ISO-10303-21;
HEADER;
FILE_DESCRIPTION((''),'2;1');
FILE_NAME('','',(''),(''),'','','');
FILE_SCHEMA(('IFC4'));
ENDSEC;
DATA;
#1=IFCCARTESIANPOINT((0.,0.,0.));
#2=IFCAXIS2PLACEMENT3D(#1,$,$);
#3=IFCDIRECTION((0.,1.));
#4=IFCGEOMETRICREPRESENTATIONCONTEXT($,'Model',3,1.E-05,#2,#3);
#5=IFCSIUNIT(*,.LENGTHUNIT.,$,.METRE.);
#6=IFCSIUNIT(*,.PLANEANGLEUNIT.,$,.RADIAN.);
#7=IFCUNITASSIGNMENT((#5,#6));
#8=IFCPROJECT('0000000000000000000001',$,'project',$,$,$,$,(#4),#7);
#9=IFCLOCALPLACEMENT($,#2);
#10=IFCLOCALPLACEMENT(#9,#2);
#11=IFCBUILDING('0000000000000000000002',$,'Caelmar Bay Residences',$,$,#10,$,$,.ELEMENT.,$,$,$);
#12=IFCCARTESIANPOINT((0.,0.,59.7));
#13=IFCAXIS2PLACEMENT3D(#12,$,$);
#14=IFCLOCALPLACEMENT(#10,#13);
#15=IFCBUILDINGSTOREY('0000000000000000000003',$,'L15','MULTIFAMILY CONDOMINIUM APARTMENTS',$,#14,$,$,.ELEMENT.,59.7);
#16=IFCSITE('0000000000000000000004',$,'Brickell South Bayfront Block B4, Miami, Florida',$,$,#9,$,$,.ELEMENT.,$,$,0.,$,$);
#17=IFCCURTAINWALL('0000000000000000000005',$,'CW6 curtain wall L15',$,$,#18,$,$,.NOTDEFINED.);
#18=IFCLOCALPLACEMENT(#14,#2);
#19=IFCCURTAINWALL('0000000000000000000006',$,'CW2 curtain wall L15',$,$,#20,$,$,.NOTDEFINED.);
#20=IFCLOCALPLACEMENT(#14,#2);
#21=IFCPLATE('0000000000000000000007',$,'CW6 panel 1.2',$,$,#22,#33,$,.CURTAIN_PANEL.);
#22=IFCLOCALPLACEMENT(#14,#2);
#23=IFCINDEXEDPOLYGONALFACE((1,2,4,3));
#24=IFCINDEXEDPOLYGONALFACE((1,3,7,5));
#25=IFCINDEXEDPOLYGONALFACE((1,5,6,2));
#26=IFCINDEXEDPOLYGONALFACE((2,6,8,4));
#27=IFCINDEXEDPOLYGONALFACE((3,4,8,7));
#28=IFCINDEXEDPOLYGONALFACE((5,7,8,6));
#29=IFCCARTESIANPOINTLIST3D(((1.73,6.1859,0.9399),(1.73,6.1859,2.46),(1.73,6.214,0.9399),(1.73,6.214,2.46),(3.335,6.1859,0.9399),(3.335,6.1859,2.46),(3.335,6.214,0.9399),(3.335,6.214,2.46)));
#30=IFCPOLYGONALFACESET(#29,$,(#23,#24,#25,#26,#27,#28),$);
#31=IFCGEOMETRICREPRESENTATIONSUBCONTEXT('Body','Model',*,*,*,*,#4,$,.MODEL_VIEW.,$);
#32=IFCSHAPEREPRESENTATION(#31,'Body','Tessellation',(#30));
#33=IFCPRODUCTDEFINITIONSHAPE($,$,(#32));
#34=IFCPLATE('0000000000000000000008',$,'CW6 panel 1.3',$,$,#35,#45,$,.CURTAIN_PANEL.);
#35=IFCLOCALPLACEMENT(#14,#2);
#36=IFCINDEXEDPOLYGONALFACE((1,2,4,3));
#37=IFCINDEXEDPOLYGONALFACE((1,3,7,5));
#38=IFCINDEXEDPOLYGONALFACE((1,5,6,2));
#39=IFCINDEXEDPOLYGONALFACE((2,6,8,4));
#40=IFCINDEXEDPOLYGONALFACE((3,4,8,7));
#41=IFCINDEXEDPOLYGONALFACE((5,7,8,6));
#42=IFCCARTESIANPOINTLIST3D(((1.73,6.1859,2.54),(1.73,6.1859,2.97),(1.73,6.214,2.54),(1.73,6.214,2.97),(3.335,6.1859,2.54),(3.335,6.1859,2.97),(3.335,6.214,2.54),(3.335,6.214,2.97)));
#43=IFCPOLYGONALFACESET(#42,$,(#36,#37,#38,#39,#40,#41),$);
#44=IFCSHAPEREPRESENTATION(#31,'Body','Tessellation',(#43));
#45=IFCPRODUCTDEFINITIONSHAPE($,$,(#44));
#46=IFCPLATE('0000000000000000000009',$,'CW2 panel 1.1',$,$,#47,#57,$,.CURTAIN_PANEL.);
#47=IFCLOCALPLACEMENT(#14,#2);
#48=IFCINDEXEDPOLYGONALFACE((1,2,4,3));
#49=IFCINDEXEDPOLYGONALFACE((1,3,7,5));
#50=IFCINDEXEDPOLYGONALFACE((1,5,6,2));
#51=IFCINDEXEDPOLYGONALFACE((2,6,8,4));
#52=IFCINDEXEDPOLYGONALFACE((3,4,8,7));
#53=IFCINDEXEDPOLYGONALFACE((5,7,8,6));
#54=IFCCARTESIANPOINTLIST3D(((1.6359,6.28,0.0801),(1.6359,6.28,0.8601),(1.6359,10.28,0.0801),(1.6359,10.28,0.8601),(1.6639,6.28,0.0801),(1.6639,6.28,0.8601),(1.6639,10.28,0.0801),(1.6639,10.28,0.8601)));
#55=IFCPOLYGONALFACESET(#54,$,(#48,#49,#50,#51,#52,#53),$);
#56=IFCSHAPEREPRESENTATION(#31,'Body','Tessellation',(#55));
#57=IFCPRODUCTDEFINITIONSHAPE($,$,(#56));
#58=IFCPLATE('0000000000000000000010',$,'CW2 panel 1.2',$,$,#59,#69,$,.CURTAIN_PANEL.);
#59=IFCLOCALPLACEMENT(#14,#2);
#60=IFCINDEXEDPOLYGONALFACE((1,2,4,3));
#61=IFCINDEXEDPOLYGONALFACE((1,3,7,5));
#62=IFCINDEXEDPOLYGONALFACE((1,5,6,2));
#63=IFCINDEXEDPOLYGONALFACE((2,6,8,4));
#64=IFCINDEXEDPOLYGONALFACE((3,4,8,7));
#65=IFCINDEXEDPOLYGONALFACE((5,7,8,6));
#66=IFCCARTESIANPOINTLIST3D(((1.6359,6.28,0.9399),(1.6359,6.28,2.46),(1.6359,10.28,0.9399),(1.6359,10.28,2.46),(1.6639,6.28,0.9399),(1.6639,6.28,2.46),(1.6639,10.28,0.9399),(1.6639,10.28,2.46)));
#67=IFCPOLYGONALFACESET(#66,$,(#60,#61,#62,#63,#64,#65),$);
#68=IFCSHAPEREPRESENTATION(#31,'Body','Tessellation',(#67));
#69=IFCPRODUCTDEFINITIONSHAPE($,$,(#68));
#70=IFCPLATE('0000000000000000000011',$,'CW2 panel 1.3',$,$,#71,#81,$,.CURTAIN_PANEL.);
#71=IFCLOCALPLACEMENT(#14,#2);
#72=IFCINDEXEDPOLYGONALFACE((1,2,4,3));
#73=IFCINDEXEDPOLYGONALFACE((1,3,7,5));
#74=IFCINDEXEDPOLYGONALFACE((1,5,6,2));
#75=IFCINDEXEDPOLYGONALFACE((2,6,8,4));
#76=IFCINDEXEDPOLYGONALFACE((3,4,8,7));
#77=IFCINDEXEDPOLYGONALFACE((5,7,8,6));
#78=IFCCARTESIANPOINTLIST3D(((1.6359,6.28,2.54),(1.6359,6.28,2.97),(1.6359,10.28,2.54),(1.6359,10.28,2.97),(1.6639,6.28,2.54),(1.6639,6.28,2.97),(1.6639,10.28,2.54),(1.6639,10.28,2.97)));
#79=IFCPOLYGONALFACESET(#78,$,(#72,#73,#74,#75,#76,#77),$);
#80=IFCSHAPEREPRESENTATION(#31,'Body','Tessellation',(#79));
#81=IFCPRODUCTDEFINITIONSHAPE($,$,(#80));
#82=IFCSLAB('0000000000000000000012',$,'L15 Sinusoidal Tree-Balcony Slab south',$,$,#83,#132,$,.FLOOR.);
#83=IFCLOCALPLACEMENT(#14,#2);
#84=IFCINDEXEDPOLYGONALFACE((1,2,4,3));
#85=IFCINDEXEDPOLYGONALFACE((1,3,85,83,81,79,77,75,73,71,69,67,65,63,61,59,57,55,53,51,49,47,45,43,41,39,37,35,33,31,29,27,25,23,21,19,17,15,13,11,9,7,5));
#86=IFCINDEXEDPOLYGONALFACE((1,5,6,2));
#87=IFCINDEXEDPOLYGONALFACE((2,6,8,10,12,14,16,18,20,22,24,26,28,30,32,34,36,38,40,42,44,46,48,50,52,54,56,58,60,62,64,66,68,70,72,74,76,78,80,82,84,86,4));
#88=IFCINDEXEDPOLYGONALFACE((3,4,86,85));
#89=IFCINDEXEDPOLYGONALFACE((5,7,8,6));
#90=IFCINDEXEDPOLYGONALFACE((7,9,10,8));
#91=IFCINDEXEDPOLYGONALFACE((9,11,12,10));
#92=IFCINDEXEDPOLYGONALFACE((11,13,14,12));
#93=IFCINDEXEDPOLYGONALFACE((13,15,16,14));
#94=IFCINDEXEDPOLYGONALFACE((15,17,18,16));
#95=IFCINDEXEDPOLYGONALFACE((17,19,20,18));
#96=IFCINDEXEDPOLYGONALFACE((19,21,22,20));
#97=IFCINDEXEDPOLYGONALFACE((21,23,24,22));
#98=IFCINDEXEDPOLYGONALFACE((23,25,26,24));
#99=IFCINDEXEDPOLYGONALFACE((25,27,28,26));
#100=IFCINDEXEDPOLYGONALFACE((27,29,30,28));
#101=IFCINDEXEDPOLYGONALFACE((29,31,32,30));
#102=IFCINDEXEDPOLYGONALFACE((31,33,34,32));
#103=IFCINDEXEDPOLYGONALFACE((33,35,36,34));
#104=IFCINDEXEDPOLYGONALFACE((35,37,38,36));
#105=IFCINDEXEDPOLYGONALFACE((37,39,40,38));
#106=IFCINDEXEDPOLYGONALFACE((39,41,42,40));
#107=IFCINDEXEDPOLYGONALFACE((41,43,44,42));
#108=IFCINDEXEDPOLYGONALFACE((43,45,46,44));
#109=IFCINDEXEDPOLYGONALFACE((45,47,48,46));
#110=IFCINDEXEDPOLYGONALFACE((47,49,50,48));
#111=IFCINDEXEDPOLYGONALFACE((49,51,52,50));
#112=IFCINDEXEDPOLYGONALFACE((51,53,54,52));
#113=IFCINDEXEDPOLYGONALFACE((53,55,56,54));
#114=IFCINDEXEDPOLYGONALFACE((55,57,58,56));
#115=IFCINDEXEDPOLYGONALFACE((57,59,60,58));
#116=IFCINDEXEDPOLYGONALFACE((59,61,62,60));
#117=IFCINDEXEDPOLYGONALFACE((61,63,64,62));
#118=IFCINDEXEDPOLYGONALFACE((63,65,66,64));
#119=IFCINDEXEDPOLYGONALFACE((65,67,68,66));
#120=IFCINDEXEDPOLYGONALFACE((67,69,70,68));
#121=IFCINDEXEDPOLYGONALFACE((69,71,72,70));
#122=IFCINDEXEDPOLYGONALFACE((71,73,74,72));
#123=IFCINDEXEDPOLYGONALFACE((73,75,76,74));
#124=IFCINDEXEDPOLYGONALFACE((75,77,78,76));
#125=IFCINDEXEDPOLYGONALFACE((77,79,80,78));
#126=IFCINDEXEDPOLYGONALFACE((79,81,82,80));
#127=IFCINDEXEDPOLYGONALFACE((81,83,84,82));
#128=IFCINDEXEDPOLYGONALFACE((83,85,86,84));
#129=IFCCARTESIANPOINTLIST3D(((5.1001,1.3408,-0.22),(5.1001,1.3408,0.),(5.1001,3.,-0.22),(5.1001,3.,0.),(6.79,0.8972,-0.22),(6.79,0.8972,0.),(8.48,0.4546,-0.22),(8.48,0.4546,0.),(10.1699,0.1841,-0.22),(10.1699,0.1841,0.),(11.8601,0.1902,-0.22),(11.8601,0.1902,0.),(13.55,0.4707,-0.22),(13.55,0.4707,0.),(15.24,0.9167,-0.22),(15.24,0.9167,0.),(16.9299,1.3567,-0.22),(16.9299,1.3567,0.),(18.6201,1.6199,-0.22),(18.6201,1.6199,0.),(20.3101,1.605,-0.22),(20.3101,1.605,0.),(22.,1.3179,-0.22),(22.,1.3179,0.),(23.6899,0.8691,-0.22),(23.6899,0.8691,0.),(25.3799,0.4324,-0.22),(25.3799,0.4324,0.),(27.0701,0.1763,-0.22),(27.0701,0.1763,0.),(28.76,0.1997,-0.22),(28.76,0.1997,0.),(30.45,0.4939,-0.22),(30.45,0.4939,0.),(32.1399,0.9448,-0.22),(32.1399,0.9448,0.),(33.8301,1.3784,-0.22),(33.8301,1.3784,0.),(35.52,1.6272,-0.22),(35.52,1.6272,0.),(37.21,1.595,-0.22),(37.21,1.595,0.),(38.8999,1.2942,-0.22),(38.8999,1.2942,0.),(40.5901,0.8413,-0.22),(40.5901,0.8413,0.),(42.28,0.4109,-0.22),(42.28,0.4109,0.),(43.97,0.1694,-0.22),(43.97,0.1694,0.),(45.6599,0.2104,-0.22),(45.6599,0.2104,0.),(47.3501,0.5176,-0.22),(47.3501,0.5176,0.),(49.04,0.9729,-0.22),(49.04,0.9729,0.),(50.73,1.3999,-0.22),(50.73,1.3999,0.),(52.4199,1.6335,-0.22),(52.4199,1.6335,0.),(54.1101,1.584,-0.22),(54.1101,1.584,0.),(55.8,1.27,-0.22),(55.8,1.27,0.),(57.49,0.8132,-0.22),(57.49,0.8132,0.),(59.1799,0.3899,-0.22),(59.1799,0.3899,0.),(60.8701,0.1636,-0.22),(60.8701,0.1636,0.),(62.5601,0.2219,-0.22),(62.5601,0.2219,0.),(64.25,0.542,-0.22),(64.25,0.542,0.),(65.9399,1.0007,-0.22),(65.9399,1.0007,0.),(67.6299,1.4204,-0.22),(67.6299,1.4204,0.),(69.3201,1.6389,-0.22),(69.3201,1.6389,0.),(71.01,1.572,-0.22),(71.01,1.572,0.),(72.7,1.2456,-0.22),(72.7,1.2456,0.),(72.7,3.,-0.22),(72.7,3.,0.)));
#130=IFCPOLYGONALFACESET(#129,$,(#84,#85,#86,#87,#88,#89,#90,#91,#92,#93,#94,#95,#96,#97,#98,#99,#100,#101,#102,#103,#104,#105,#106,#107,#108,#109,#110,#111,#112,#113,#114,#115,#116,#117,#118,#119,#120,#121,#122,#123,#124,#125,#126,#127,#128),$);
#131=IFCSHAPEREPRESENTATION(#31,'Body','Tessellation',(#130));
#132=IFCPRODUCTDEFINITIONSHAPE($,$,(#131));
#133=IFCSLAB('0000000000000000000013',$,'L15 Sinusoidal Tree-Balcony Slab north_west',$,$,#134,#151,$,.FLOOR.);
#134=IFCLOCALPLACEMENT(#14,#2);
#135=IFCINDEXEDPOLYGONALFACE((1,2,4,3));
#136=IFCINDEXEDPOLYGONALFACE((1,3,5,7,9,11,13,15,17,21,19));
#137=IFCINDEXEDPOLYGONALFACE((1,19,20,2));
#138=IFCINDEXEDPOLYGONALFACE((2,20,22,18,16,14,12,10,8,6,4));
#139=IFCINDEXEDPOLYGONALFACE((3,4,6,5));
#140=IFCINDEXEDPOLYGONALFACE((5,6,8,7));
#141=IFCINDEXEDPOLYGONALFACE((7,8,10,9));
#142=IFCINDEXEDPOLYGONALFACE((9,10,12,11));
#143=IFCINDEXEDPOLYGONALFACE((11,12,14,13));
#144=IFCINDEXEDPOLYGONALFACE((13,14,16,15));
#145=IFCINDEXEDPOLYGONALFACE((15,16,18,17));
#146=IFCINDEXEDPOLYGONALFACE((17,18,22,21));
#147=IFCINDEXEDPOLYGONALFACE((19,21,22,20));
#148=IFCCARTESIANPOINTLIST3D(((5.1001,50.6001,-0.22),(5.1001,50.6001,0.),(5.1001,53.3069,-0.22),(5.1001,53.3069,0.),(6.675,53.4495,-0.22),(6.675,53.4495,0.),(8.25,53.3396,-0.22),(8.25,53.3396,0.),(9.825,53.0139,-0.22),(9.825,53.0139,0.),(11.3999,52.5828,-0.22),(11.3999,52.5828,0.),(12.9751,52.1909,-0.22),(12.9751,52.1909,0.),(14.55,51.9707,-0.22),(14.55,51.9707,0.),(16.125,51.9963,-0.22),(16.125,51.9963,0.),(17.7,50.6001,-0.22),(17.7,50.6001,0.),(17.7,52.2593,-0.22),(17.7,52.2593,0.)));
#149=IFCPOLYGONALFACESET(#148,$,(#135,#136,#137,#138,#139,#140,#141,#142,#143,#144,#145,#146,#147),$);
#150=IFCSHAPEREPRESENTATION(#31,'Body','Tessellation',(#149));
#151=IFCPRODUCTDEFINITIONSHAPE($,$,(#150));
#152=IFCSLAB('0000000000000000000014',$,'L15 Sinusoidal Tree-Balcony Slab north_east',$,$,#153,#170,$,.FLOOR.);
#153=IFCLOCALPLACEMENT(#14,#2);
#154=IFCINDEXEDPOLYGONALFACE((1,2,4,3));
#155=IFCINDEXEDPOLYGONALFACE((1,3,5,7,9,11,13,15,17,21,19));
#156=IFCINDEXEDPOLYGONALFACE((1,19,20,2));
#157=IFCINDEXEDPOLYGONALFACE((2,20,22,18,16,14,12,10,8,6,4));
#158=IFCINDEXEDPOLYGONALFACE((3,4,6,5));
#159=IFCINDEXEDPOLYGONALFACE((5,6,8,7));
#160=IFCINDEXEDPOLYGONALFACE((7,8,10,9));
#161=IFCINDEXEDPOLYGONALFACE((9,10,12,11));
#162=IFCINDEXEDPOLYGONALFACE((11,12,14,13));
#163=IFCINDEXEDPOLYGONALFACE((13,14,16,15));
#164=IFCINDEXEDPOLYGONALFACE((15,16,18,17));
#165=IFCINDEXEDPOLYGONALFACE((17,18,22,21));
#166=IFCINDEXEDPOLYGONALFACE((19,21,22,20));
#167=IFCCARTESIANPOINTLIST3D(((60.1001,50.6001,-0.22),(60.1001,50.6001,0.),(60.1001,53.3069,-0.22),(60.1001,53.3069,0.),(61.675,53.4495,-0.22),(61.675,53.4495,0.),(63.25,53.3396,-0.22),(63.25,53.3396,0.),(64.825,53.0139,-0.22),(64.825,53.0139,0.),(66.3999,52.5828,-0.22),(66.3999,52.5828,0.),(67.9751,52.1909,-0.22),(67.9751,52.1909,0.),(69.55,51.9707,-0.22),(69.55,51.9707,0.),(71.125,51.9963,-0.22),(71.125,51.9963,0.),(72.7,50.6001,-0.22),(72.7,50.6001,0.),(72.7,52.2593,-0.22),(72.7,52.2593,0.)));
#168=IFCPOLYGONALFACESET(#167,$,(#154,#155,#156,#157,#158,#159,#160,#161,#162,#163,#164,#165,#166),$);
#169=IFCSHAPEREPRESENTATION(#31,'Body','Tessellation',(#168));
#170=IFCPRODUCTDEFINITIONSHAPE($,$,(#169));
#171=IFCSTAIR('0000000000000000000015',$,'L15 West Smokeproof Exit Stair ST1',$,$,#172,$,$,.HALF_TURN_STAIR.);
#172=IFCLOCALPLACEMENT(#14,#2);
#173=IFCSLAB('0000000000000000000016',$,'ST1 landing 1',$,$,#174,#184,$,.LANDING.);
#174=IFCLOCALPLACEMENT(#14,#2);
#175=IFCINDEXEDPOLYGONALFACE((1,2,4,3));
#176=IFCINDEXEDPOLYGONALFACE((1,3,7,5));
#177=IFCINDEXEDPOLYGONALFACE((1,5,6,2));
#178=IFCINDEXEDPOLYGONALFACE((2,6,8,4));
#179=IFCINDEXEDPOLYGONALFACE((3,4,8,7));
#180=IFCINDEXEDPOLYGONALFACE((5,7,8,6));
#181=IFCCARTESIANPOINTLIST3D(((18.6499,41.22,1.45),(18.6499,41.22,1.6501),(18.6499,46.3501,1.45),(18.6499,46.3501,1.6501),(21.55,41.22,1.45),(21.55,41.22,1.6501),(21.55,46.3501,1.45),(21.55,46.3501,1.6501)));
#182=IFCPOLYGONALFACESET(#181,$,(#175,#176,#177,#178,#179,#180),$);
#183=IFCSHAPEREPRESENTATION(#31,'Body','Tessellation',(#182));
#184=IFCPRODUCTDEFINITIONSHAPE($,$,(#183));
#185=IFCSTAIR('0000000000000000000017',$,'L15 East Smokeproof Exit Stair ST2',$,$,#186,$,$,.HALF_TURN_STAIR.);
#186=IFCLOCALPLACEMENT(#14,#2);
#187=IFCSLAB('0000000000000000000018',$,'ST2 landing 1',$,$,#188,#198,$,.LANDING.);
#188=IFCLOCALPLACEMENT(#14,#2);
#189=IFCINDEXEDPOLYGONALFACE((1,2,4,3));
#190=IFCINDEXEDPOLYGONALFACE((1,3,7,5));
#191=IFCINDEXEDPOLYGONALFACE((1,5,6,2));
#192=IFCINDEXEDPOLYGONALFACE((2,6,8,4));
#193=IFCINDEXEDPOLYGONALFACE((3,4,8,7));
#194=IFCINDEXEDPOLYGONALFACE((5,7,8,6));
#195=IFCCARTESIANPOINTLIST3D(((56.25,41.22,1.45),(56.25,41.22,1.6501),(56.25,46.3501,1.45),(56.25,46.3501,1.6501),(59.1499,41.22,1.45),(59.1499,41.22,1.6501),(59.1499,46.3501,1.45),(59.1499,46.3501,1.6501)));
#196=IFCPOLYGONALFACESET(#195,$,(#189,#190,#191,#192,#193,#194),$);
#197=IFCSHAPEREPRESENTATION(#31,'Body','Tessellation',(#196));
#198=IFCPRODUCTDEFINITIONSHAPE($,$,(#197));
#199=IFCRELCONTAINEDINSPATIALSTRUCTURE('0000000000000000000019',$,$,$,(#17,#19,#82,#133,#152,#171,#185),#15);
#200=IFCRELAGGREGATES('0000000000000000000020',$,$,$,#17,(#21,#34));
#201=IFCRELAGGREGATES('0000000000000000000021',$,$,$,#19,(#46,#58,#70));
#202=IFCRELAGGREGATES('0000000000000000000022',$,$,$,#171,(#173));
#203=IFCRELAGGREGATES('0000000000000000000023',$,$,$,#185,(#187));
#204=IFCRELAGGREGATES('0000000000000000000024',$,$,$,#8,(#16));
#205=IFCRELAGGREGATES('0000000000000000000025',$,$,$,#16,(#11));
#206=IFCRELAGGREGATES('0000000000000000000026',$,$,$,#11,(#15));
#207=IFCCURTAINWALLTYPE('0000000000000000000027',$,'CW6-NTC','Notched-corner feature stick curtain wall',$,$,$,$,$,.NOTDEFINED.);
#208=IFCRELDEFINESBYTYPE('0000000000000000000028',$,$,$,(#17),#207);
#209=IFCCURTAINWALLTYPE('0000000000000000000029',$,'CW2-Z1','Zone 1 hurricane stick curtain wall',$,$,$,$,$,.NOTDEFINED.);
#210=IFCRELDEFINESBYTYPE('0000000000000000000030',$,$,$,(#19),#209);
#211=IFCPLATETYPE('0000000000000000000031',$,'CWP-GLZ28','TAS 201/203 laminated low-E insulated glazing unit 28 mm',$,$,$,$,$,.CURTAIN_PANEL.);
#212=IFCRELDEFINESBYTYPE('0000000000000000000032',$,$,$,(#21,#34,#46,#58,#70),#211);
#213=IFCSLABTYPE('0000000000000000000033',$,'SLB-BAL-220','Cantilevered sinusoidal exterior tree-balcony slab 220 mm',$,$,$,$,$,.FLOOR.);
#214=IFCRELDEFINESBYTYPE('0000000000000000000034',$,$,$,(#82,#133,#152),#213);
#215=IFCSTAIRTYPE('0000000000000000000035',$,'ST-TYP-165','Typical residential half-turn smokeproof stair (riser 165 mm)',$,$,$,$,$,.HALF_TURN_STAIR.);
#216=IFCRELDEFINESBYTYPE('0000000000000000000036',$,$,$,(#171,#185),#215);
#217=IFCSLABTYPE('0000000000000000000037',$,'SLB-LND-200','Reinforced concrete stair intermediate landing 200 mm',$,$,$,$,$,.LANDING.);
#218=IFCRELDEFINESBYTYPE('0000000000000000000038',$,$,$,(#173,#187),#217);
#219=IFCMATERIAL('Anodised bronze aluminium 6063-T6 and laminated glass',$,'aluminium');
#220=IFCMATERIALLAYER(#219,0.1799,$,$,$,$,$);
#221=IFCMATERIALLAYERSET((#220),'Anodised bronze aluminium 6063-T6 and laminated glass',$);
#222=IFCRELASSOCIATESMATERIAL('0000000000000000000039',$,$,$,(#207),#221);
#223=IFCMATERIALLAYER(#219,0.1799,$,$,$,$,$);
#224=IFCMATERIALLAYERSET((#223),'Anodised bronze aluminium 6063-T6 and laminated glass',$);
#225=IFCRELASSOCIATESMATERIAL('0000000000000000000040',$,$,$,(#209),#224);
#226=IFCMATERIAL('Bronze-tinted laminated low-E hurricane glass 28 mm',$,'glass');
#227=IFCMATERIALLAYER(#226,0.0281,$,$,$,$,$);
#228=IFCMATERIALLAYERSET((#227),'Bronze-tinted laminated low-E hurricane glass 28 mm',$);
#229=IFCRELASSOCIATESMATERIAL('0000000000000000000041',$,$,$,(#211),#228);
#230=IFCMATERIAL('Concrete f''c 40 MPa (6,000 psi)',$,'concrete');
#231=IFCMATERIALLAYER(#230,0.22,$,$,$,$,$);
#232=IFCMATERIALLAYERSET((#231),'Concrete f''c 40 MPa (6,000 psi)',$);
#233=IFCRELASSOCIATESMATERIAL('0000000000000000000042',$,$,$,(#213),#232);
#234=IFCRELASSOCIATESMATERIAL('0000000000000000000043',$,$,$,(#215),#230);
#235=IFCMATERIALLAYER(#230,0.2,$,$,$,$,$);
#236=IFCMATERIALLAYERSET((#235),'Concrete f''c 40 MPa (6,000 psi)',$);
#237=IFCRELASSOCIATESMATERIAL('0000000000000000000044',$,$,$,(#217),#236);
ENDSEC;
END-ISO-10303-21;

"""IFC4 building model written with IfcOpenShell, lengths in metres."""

from ifc_helpers import new_model, si_unit, direction, frame, origin, origin_2d, place, context, subcontext, project, spatial, polyline, rectangle, outline, extrude, material, layer, layer_set, type_object, element, aggregate, save


model = new_model("IFC4")

# Units and contexts
model_context = context("Model", 3, precision=1e-05, world=origin(), true_north=direction((0.0, 1.0)))
body_context = subcontext(model_context, "Body", "Model", "MODEL_VIEW")
ifc_project = project(units=[si_unit("LENGTHUNIT", "METRE"), si_unit("PLANEANGLEUNIT", "RADIAN")], contexts=[model_context])

# Site, building, storey
site_placement = place(None, origin())
site = spatial("IfcSite", under=ifc_project, at=site_placement, Name="Brickell South Bayfront Block B4, Miami, Florida", CompositionType="ELEMENT", RefElevation=0.0)
building_placement = place(site_placement, origin())
building = spatial("IfcBuilding", under=site, at=building_placement, Name="Caelmar Bay Residences", CompositionType="ELEMENT")
storey_placement = place(building_placement, frame((0.0, 0.0, 59.7)))
storey = spatial("IfcBuildingStorey", under=building, at=storey_placement, Name="L15", Description="MULTIFAMILY CONDOMINIUM APARTMENTS", CompositionType="ELEMENT", Elevation=59.7)

# Curtain walls
ifc_material_1 = material(Name="Anodised bronze aluminium 6063-T6 and laminated glass", Category="aluminium")
ifc_layer_1 = layer(ifc_material_1, 0.1799)
ifc_layer_set_1 = layer_set([ifc_layer_1], Name="Anodised bronze aluminium 6063-T6 and laminated glass")
curtain_wall_type_1 = type_object("IfcCurtainWallType", Name="CW6-NTC", Description="Notched-corner feature stick curtain wall", PredefinedType="NOTDEFINED", material=ifc_layer_set_1)
curtain_wall_1_placement = place(storey_placement, origin())
curtain_wall_1 = element("IfcCurtainWall", 1, at=curtain_wall_1_placement, inside=storey, type_object=curtain_wall_type_1, Name="CW6 curtain wall L15", PredefinedType="NOTDEFINED")
ifc_layer_2 = layer(ifc_material_1, 0.1799)
ifc_layer_set_2 = layer_set([ifc_layer_2], Name="Anodised bronze aluminium 6063-T6 and laminated glass")
curtain_wall_type_2 = type_object("IfcCurtainWallType", Name="CW2-Z1", Description="Zone 1 hurricane stick curtain wall", PredefinedType="NOTDEFINED", material=ifc_layer_set_2)
curtain_wall_2_placement = place(storey_placement, origin())
curtain_wall_2 = element("IfcCurtainWall", 2, at=curtain_wall_2_placement, inside=storey, type_object=curtain_wall_type_2, Name="CW2 curtain wall L15", PredefinedType="NOTDEFINED")

# Plates
ifc_material_2 = material(Name="Bronze-tinted laminated low-E hurricane glass 28 mm", Category="glass")
ifc_layer_3 = layer(ifc_material_2, 0.0281)
ifc_layer_set_3 = layer_set([ifc_layer_3], Name="Bronze-tinted laminated low-E hurricane glass 28 mm")
plate_type = type_object("IfcPlateType", Name="CWP-GLZ28", Description="TAS 201/203 laminated low-E insulated glazing unit 28 mm", PredefinedType="CURTAIN_PANEL", material=ifc_layer_set_3)
plate_1_placement = place(storey_placement, frame((2.5325, 6.2, 0.9399), z_axis=(0.0, 0.0, 1.0), x_axis=(1.0, 0.0, 0.0)))
plate_1 = element("IfcPlate", 3, at=plate_1_placement, type_object=plate_type, Name="CW6 panel 1.2", PredefinedType="CURTAIN_PANEL", context=body_context, shape_type="SweptSolid", body=[
    extrude(rectangle(XDim=1.605, YDim=0.0281, at=origin_2d()), origin(), (0.0, 0.0, 1.0), 1.52),
])
plate_2_placement = place(storey_placement, frame((2.5325, 6.2, 2.54), z_axis=(0.0, 0.0, 1.0), x_axis=(1.0, 0.0, 0.0)))
plate_2 = element("IfcPlate", 4, at=plate_2_placement, type_object=plate_type, Name="CW6 panel 1.3", PredefinedType="CURTAIN_PANEL", context=body_context, shape_type="SweptSolid", body=[
    extrude(rectangle(XDim=1.605, YDim=0.0281, at=origin_2d()), origin(), (0.0, 0.0, 1.0), 0.4299),
])
aggregate(curtain_wall_1, [plate_1, plate_2])
plate_3_placement = place(storey_placement, frame((1.6499, 8.28, 0.0801), z_axis=(0.0, 0.0, 1.0), x_axis=(0.0, 1.0, 0.0)))
plate_3 = element("IfcPlate", 5, at=plate_3_placement, type_object=plate_type, Name="CW2 panel 1.1", PredefinedType="CURTAIN_PANEL", context=body_context, shape_type="SweptSolid", body=[
    extrude(rectangle(XDim=4.0, YDim=0.0281, at=origin_2d()), origin(), (0.0, 0.0, 1.0), 0.78),
])
plate_4_placement = place(storey_placement, frame((1.6499, 8.28, 0.9399), z_axis=(0.0, 0.0, 1.0), x_axis=(0.0, 1.0, 0.0)))
plate_4 = element("IfcPlate", 6, at=plate_4_placement, type_object=plate_type, Name="CW2 panel 1.2", PredefinedType="CURTAIN_PANEL", context=body_context, shape_type="SweptSolid", body=[
    extrude(rectangle(XDim=4.0, YDim=0.0281, at=origin_2d()), origin(), (0.0, 0.0, 1.0), 1.52),
])
plate_5_placement = place(storey_placement, frame((1.6499, 8.28, 2.54), z_axis=(0.0, 0.0, 1.0), x_axis=(0.0, 1.0, 0.0)))
plate_5 = element("IfcPlate", 7, at=plate_5_placement, type_object=plate_type, Name="CW2 panel 1.3", PredefinedType="CURTAIN_PANEL", context=body_context, shape_type="SweptSolid", body=[
    extrude(rectangle(XDim=4.0, YDim=0.0281, at=origin_2d()), origin(), (0.0, 0.0, 1.0), 0.4299),
])
aggregate(curtain_wall_2, [plate_3, plate_4, plate_5])

# Slabs
ifc_material_3 = material(Name="Concrete f'c 40 MPa (6,000 psi)", Category="concrete")
ifc_layer_4 = layer(ifc_material_3, 0.22)
ifc_layer_set_4 = layer_set([ifc_layer_4], Name="Concrete f'c 40 MPa (6,000 psi)")
slab_type_1 = type_object("IfcSlabType", Name="SLB-BAL-220", Description="Cantilevered sinusoidal exterior tree-balcony slab 220 mm", PredefinedType="FLOOR", material=ifc_layer_set_4)
slab_1_placement = place(storey_placement, frame((0.0, 0.0, -0.22)))
element("IfcSlab", 8, at=slab_1_placement, inside=storey, type_object=slab_type_1, Name="L15 Sinusoidal Tree-Balcony Slab south", PredefinedType="FLOOR", context=body_context, shape_type="SweptSolid", body=[
    extrude(outline(polyline([(5.1001, 1.3408), (6.79, 0.8972), (8.48, 0.4546), (10.1699, 0.1841), (11.8601, 0.1902), (13.55, 0.4707), (15.24, 0.9167), (16.9299, 1.3567), (18.6201, 1.6199), (20.3101, 1.605), (22.0, 1.3179), (23.6899, 0.8691), (25.3799, 0.4324), (27.0701, 0.1763), (28.76, 0.1997), (30.45, 0.4939), (32.1399, 0.9448), (33.8301, 1.3784), (35.52, 1.6272), (37.21, 1.595), (38.8999, 1.2942), (40.5901, 0.8413), (42.28, 0.4109), (43.97, 0.1694), (45.6599, 0.2104), (47.3501, 0.5176), (49.04, 0.9729), (50.73, 1.3999), (52.4199, 1.6335), (54.1101, 1.584), (55.8, 1.27), (57.49, 0.8132), (59.1799, 0.3899), (60.8701, 0.1636), (62.5601, 0.2219), (64.25, 0.542), (65.9399, 1.0007), (67.6299, 1.4204), (69.3201, 1.6389), (71.01, 1.572), (72.7, 1.2456), (72.7, 3.0), (5.1001, 3.0), (5.1001, 1.3408)])), origin(), (0.0, 0.0, 1.0), 0.22),
])
slab_2_placement = place(storey_placement, frame((0.0, 0.0, -0.22)))
element("IfcSlab", 9, at=slab_2_placement, inside=storey, type_object=slab_type_1, Name="L15 Sinusoidal Tree-Balcony Slab north_west", PredefinedType="FLOOR", context=body_context, shape_type="SweptSolid", body=[
    extrude(outline(polyline([(5.1001, 50.6001), (17.7, 50.6001), (17.7, 52.2593), (16.125, 51.9963), (14.55, 51.9707), (12.9751, 52.1909), (11.3999, 52.5828), (9.825, 53.0139), (8.25, 53.3396), (6.675, 53.4495), (5.1001, 53.3069), (5.1001, 50.6001)])), origin(), (0.0, 0.0, 1.0), 0.22),
])
slab_3_placement = place(storey_placement, frame((0.0, 0.0, -0.22)))
element("IfcSlab", 10, at=slab_3_placement, inside=storey, type_object=slab_type_1, Name="L15 Sinusoidal Tree-Balcony Slab north_east", PredefinedType="FLOOR", context=body_context, shape_type="SweptSolid", body=[
    extrude(outline(polyline([(60.1001, 50.6001), (72.7, 50.6001), (72.7, 52.2593), (71.125, 51.9963), (69.55, 51.9707), (67.9751, 52.1909), (66.3999, 52.5828), (64.825, 53.0139), (63.25, 53.3396), (61.675, 53.4495), (60.1001, 53.3069), (60.1001, 50.6001)])), origin(), (0.0, 0.0, 1.0), 0.22),
])

# Stairs, slabs
stair_type = type_object("IfcStairType", Name="ST-TYP-165", Description="Typical residential half-turn smokeproof stair (riser 165 mm)", PredefinedType="HALF_TURN_STAIR", material=ifc_material_3)
stair_1_placement = place(storey_placement, origin())
stair_1 = element("IfcStair", 11, at=stair_1_placement, inside=storey, type_object=stair_type, Name="L15 West Smokeproof Exit Stair ST1", PredefinedType="HALF_TURN_STAIR")
ifc_layer_5 = layer(ifc_material_3, 0.2)
ifc_layer_set_5 = layer_set([ifc_layer_5], Name="Concrete f'c 40 MPa (6,000 psi)")
slab_type_2 = type_object("IfcSlabType", Name="SLB-LND-200", Description="Reinforced concrete stair intermediate landing 200 mm", PredefinedType="LANDING", material=ifc_layer_set_5)
slab_4_placement = place(storey_placement, frame((0.0, 0.0, 1.45)))
slab_4 = element("IfcSlab", 12, at=slab_4_placement, type_object=slab_type_2, Name="ST1 landing 1", PredefinedType="LANDING", context=body_context, shape_type="SweptSolid", body=[
    extrude(outline(polyline([(21.55, 41.22), (21.55, 46.3501), (18.6499, 46.3501), (18.6499, 41.22), (21.55, 41.22)])), origin(), (0.0, 0.0, 1.0), 0.2002),
])
aggregate(stair_1, [slab_4])
stair_2_placement = place(storey_placement, origin())
stair_2 = element("IfcStair", 13, at=stair_2_placement, inside=storey, type_object=stair_type, Name="L15 East Smokeproof Exit Stair ST2", PredefinedType="HALF_TURN_STAIR")
slab_5_placement = place(storey_placement, frame((0.0, 0.0, 1.45)))
slab_5 = element("IfcSlab", 14, at=slab_5_placement, type_object=slab_type_2, Name="ST2 landing 1", PredefinedType="LANDING", context=body_context, shape_type="SweptSolid", body=[
    extrude(outline(polyline([(59.1499, 41.22), (59.1499, 46.3501), (56.25, 46.3501), (56.25, 41.22), (59.1499, 41.22)])), origin(), (0.0, 0.0, 1.0), 0.2002),
])
aggregate(stair_2, [slab_5])

save(model, "model.ifc")
